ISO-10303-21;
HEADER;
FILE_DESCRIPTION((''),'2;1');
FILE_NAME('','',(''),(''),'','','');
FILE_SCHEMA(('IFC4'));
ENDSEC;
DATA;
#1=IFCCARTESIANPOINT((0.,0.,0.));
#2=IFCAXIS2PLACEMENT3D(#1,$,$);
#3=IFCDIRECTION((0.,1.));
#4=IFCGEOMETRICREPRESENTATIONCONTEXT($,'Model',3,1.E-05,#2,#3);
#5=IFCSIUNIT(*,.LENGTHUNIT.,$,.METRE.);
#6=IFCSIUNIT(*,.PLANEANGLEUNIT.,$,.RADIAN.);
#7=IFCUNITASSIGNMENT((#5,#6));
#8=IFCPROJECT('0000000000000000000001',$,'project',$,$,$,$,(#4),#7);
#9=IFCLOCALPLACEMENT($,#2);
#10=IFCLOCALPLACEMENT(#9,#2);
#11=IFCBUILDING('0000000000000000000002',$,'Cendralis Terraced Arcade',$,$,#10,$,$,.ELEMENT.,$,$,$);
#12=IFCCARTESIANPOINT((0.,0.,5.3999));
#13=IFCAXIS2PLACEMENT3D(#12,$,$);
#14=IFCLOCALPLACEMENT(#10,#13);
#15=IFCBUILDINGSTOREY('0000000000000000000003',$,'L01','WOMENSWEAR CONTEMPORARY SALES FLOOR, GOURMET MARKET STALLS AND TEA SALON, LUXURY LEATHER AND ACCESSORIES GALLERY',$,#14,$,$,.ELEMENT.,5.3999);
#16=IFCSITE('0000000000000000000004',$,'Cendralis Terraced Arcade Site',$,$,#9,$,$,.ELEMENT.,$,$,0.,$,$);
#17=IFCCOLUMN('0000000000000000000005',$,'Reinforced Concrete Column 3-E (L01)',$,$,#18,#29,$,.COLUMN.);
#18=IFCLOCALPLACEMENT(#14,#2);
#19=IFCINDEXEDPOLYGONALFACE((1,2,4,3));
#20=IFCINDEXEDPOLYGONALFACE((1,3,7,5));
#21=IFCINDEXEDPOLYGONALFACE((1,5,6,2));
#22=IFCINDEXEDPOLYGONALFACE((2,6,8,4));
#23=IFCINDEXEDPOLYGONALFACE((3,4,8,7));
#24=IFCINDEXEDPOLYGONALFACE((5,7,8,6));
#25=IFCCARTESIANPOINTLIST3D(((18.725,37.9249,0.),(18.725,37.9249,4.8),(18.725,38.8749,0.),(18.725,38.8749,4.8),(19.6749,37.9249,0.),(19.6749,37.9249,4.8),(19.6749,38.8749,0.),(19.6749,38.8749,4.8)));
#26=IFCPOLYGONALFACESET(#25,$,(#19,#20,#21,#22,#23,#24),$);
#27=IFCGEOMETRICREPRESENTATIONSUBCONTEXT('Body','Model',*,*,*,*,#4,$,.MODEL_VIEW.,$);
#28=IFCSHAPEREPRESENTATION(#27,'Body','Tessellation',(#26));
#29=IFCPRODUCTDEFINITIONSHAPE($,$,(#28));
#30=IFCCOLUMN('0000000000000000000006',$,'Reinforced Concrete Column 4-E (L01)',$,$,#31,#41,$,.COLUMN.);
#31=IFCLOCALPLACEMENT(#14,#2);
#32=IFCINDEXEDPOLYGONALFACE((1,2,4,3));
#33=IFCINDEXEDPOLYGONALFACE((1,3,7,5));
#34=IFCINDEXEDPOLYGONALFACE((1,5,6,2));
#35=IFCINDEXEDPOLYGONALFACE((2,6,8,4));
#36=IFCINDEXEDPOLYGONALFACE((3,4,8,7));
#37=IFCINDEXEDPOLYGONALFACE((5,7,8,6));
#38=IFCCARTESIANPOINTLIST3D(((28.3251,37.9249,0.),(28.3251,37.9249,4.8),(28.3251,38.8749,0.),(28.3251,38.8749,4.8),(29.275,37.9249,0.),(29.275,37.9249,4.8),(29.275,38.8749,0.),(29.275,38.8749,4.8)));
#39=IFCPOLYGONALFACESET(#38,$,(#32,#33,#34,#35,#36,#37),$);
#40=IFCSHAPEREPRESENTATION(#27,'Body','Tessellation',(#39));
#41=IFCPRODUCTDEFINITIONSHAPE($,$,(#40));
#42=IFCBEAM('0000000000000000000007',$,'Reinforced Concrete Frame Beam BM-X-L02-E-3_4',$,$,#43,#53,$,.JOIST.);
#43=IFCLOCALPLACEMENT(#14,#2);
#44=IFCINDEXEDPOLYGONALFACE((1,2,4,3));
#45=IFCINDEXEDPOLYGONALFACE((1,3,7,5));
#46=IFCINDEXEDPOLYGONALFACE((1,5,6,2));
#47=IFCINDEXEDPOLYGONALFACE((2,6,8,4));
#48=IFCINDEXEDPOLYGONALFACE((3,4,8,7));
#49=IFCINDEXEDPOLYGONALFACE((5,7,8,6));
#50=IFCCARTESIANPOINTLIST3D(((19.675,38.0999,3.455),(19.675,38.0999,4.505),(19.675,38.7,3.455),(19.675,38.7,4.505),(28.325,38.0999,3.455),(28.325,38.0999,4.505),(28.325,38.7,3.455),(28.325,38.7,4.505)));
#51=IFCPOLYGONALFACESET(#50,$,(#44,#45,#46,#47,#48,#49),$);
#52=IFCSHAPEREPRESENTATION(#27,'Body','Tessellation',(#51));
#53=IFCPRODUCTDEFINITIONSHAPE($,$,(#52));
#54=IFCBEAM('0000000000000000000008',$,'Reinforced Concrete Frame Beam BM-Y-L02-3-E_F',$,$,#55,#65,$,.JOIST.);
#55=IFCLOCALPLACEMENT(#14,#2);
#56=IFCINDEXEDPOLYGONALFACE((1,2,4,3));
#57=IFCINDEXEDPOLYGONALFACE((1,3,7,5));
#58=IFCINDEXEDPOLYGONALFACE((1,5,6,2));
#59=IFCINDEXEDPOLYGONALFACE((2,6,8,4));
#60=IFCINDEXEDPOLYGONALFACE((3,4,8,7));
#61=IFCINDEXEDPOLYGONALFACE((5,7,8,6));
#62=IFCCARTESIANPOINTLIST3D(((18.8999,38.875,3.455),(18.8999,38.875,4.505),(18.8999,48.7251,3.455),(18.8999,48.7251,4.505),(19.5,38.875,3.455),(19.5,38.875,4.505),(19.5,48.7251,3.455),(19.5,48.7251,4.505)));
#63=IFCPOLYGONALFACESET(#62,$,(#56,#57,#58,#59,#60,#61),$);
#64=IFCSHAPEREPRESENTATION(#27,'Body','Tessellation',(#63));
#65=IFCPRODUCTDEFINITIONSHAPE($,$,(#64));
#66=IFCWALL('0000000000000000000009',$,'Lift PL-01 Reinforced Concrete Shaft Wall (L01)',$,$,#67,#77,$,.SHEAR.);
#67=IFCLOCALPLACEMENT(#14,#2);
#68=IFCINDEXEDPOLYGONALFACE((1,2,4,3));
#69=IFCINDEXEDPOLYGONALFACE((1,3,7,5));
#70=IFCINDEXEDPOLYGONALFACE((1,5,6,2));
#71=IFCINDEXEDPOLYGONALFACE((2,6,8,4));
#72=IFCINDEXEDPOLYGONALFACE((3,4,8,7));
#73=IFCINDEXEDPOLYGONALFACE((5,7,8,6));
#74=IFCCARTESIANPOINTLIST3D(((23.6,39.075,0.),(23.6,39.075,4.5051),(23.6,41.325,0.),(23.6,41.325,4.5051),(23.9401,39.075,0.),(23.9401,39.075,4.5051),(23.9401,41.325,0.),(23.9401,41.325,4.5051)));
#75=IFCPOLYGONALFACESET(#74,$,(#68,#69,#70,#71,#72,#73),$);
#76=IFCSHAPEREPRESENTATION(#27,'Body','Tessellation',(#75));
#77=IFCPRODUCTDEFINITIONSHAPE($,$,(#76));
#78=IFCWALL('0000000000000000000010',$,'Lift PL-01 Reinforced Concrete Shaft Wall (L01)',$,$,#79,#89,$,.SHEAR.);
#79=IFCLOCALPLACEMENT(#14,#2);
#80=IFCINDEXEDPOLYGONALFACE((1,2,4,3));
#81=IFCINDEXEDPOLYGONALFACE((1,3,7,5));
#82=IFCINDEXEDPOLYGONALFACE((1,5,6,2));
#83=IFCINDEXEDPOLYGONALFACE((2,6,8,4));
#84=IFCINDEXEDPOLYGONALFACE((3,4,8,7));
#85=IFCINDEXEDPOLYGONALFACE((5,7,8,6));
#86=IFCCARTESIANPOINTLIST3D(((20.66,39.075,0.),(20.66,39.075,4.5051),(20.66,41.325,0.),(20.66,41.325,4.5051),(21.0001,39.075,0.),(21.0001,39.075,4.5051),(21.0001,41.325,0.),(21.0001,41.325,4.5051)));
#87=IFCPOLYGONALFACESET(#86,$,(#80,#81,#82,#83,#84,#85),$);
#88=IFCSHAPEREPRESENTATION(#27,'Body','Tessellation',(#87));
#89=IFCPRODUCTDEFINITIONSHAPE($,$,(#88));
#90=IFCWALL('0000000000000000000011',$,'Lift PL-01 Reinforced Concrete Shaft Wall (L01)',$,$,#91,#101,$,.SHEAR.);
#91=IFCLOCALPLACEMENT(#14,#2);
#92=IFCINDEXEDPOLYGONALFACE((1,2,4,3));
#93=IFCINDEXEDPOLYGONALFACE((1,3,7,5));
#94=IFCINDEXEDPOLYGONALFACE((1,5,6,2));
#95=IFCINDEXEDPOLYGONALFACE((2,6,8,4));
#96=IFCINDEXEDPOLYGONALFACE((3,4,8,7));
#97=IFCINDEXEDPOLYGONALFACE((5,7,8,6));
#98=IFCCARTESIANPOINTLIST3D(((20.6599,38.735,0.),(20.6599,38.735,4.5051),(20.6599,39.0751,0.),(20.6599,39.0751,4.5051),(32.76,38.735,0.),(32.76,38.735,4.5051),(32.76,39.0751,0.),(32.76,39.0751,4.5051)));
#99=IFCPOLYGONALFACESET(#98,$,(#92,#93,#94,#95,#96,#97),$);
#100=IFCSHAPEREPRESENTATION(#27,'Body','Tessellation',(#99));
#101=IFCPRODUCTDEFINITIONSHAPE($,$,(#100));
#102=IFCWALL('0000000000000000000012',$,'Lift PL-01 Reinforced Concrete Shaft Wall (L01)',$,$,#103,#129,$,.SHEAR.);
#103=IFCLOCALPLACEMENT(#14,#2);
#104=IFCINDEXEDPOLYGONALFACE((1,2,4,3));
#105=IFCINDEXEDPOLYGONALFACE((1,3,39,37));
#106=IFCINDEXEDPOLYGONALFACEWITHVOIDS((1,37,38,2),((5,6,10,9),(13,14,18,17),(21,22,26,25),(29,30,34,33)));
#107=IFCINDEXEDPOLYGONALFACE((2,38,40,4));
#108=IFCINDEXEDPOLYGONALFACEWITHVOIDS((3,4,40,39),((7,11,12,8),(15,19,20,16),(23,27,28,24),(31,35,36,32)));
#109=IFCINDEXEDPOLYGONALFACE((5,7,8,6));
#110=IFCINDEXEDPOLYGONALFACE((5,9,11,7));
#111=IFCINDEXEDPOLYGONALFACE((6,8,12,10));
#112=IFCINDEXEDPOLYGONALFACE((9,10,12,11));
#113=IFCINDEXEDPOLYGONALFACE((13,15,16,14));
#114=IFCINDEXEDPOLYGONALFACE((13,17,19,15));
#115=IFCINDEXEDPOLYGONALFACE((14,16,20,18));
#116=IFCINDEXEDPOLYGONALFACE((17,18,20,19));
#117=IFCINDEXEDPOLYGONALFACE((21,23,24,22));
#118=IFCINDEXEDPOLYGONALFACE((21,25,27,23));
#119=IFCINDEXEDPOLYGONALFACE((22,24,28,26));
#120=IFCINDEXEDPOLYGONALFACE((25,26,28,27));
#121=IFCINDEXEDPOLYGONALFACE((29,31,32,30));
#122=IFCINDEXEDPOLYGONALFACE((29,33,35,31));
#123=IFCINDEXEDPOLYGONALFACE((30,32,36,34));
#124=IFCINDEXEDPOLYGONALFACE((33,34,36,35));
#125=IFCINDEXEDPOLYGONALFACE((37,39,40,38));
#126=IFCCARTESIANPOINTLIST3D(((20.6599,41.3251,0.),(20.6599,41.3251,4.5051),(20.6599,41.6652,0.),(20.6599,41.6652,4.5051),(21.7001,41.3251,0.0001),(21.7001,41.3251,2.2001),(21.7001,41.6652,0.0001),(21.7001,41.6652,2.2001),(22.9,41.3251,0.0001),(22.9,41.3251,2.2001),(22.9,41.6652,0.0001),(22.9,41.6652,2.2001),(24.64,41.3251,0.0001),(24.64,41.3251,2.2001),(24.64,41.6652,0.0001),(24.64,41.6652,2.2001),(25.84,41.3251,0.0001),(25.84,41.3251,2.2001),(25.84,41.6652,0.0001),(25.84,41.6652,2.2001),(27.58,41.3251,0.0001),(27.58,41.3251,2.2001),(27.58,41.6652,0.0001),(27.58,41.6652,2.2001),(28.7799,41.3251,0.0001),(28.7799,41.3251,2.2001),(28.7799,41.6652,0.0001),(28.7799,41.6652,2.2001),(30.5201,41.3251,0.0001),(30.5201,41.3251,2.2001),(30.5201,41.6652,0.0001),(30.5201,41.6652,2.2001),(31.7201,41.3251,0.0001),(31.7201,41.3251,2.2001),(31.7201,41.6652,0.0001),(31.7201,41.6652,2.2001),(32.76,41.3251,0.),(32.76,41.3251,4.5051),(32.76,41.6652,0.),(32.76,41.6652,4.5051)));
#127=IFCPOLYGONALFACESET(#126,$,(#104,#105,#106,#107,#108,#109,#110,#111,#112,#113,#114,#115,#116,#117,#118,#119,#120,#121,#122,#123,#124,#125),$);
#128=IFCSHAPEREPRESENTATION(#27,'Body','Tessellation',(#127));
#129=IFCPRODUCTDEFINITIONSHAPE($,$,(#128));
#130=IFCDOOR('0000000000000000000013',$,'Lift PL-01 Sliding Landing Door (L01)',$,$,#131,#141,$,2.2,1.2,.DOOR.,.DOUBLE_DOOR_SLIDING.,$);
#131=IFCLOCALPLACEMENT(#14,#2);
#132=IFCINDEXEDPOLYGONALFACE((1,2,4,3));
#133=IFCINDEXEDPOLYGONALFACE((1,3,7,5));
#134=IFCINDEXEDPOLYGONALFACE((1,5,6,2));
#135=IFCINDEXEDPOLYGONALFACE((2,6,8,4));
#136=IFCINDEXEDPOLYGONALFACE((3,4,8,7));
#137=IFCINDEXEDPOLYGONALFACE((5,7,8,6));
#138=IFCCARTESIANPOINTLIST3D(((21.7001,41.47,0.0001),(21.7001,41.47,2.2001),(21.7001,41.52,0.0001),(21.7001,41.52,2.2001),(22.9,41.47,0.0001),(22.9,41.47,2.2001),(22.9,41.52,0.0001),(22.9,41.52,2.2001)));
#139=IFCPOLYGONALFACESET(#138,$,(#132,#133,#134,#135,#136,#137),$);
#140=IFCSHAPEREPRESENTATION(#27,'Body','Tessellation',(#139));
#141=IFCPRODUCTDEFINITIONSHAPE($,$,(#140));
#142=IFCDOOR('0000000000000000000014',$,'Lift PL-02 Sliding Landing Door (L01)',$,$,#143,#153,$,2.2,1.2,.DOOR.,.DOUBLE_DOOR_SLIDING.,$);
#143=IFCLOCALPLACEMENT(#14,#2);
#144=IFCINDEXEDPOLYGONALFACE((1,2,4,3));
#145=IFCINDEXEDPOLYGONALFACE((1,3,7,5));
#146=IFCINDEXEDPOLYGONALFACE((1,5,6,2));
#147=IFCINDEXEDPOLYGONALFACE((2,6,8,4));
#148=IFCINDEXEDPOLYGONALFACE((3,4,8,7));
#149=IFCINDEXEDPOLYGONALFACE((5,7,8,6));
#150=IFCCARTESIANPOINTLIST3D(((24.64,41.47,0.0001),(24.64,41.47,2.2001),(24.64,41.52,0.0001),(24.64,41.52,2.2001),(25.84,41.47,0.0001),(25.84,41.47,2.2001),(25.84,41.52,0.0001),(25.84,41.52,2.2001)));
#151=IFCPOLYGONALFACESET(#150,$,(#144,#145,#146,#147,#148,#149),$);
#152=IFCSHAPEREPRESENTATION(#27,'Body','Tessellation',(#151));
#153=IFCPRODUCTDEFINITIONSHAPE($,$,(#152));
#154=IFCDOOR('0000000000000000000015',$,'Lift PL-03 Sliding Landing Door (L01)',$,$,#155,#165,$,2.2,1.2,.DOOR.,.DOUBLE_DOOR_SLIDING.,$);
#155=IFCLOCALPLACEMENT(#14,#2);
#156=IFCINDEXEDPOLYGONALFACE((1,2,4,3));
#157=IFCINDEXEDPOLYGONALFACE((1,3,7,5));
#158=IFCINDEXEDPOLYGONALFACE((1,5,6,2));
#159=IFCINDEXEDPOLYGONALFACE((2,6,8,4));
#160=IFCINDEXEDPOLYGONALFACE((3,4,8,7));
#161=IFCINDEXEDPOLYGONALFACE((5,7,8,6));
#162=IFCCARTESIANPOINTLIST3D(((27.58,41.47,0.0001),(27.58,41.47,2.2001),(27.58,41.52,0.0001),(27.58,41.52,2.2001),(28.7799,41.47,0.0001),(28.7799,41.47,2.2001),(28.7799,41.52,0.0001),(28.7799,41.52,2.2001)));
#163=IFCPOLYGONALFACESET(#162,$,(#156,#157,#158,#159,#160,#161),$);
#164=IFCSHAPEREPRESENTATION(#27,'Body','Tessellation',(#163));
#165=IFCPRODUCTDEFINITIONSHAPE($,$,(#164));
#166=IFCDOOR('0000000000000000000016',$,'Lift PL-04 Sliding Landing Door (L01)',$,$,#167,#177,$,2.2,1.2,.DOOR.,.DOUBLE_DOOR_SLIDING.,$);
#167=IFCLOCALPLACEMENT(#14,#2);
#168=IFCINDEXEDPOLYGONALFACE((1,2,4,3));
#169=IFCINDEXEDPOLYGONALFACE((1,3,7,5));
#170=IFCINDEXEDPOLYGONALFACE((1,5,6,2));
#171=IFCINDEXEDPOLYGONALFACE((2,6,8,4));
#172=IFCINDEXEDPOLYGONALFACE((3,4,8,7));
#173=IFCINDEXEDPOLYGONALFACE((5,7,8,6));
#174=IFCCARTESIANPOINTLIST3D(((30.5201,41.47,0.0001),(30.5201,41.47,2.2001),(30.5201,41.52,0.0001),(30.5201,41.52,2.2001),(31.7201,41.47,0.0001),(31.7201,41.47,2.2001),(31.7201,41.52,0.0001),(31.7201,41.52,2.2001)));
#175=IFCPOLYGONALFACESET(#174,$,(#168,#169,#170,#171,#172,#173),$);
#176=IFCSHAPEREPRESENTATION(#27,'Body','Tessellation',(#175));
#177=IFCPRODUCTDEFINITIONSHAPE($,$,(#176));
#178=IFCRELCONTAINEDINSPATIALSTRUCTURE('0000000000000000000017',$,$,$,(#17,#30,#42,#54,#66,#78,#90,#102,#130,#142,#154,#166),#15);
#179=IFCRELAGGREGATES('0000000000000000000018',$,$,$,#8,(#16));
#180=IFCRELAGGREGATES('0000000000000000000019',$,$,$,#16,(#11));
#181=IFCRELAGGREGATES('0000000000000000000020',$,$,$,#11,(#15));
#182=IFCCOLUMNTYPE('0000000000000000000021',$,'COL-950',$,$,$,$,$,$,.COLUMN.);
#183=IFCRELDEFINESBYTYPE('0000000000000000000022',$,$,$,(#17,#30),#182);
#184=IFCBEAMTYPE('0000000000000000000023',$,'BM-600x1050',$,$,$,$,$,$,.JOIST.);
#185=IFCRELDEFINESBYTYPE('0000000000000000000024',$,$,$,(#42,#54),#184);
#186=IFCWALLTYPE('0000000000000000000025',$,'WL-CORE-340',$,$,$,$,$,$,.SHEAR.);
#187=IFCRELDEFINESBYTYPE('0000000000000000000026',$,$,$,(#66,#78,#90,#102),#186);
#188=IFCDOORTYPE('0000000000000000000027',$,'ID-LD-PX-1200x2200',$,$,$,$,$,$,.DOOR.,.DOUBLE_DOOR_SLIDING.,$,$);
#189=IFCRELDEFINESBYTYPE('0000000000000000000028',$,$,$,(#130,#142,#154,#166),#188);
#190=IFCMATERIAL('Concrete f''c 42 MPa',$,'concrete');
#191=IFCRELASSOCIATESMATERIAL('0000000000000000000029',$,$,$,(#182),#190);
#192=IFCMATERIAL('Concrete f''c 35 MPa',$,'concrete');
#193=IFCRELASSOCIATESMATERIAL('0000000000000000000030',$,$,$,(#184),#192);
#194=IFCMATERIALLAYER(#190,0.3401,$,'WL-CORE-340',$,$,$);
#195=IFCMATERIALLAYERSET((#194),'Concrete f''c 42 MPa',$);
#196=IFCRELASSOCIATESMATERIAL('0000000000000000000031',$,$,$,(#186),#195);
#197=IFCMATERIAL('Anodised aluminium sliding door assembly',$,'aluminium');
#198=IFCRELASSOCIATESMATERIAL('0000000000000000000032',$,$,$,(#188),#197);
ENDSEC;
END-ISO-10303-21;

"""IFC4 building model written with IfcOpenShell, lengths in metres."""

from ifc_helpers import new_model, si_unit, direction, frame, frame_2d, origin, origin_2d, place, context, subcontext, project, spatial, rectangle, extrude, material, layer, layer_set, material_profile, profile_set, type_object, element, fill, save


model = new_model("IFC4")

# Units and contexts
model_context = context("Model", 3, precision=1e-05, world=origin(), true_north=direction((0.0, 1.0)))
body_context = subcontext(model_context, "Body", "Model", "MODEL_VIEW")
ifc_project = project(units=[si_unit("LENGTHUNIT", "METRE"), si_unit("PLANEANGLEUNIT", "RADIAN")], contexts=[model_context])

# Site, building, storey
site_placement = place(None, origin())
site = spatial("IfcSite", under=ifc_project, at=site_placement, Name="Cendralis Terraced Arcade Site", CompositionType="ELEMENT", RefElevation=0.0)
building_placement = place(site_placement, origin())
building = spatial("IfcBuilding", under=site, at=building_placement, Name="Cendralis Terraced Arcade", CompositionType="ELEMENT")
storey_placement = place(building_placement, frame((0.0, 0.0, 5.3999)))
storey = spatial("IfcBuildingStorey", under=building, at=storey_placement, Name="L01", Description="WOMENSWEAR CONTEMPORARY SALES FLOOR, GOURMET MARKET STALLS AND TEA SALON, LUXURY LEATHER AND ACCESSORIES GALLERY", CompositionType="ELEMENT", Elevation=5.3999)

# Columns
ifc_material_1 = material(Name="Concrete f'c 42 MPa", Category="concrete")
ifc_material_profile_1 = material_profile(ifc_material_1, rectangle(XDim=0.95, YDim=0.95, at=origin_2d()), Name="RC-COL-950x950", Category="LoadBearing")
ifc_profile_set_1 = profile_set([ifc_material_profile_1], Name="Concrete f'c 42 MPa")
column_type = type_object("IfcColumnType", Name="COL-950", PredefinedType="COLUMN", material=ifc_profile_set_1)
for number, where, z_axis, x_axis, name in (
    (1, (19.2, 38.3999, 0.0), (0.0, 0.0, 1.0), (1.0, 0.0, 0.0), "Reinforced Concrete Column 3-E (L01)"),
    (2, (28.8, 38.3999, 0.0), (0.0, 0.0, 1.0), (1.0, 0.0, 0.0), "Reinforced Concrete Column 4-E (L01)"),
):
    element("IfcColumn", number, at=place(storey_placement, frame(where, z_axis=z_axis, x_axis=x_axis)), inside=storey, type_object=column_type, Name=name, PredefinedType="COLUMN", context=body_context, shape_type="SweptSolid", body=[
        extrude(rectangle(XDim=0.95, YDim=0.95, at=origin_2d()), origin(), (0.0, 0.0, 1.0), 4.8),
    ])

# Beams
ifc_material_2 = material(Name="Concrete f'c 35 MPa", Category="concrete")
ifc_material_profile_2 = material_profile(ifc_material_2, rectangle(XDim=0.6001, YDim=1.05, at=origin_2d()), Name="RC-BM-600x1050", Category="LoadBearing")
ifc_profile_set_2 = profile_set([ifc_material_profile_2], Name="Concrete f'c 35 MPa")
beam_type = type_object("IfcBeamType", Name="BM-600x1050", PredefinedType="JOIST", material=ifc_profile_set_2)
beam_1_placement = place(storey_placement, frame((19.675, 38.3999, 3.98), z_axis=(1.0, 0.0, 0.0), x_axis=(0.0, 1.0, 0.0)))
element("IfcBeam", 3, at=beam_1_placement, inside=storey, type_object=beam_type, Name="Reinforced Concrete Frame Beam BM-X-L02-E-3_4", PredefinedType="JOIST", context=body_context, shape_type="SweptSolid", body=[
    extrude(rectangle(XDim=0.6001, YDim=1.05, at=origin_2d()), origin(), (0.0, 0.0, 1.0), 8.6499),
])
beam_2_placement = place(storey_placement, frame((19.2, 38.875, 3.98), z_axis=(0.0, 1.0, 0.0), x_axis=(-1.0, 0.0, 0.0)))
element("IfcBeam", 4, at=beam_2_placement, inside=storey, type_object=beam_type, Name="Reinforced Concrete Frame Beam BM-Y-L02-3-E_F", PredefinedType="JOIST", context=body_context, shape_type="SweptSolid", body=[
    extrude(rectangle(XDim=0.6001, YDim=1.05, at=origin_2d()), origin(), (0.0, 0.0, 1.0), 9.8501),
])

# Walls
ifc_layer_1 = layer(ifc_material_1, 0.3401, Name="WL-CORE-340")
ifc_layer_set_1 = layer_set([ifc_layer_1], Name="Concrete f'c 42 MPa")
wall_type_1 = type_object("IfcWallType", Name="WL-CORE-340", PredefinedType="SHEAR", material=ifc_layer_set_1)
for number, where, z_axis, x_axis, name in (
    (5, (23.77, 39.075, 0.0), (0.0, 0.0, 1.0), (0.0, 1.0, 0.0), "Lift PL-01 Reinforced Concrete Shaft Wall (L01)"),
    (6, (20.8301, 39.075, 0.0), (0.0, 0.0, 1.0), (0.0, 1.0, 0.0), "Lift PL-01 Reinforced Concrete Shaft Wall (L01)"),
):
    element("IfcWall", number, at=place(storey_placement, frame(where, z_axis=z_axis, x_axis=x_axis)), inside=storey, type_object=wall_type_1, Name=name, PredefinedType="SHEAR", context=body_context, shape_type="SweptSolid", body=[
        extrude(rectangle(XDim=2.25, YDim=0.3401, at=frame_2d((1.125, 0.0))), origin(), (0.0, 0.0, 1.0), 4.5051),
    ])
wall_1_placement = place(storey_placement, frame((20.6599, 38.905, 0.0), z_axis=(0.0, 0.0, 1.0), x_axis=(1.0, 0.0, 0.0)))
element("IfcWall", 7, at=wall_1_placement, inside=storey, type_object=wall_type_1, Name="Lift PL-01 Reinforced Concrete Shaft Wall (L01)", PredefinedType="SHEAR", context=body_context, shape_type="SweptSolid", body=[
    extrude(rectangle(XDim=12.1001, YDim=0.3401, at=frame_2d((6.05, 0.0))), origin(), (0.0, 0.0, 1.0), 4.5051),
])

# Wall, openings, doors
wall_2_placement = place(storey_placement, frame((20.6599, 41.4951, 0.0), z_axis=(0.0, 0.0, 1.0), x_axis=(1.0, 0.0, 0.0)))
wall_2 = element("IfcWall", 8, at=wall_2_placement, inside=storey, type_object=wall_type_1, Name="Lift PL-01 Reinforced Concrete Shaft Wall (L01)", PredefinedType="SHEAR", context=body_context, shape_type="SweptSolid", body=[
    extrude(rectangle(XDim=12.1001, YDim=0.3401, at=frame_2d((6.05, 0.0))), origin(), (0.0, 0.0, 1.0), 4.5051),
])
opening_1_placement = place(wall_2_placement, frame((1.04, 0.0, 0.0)))
opening_1 = element("IfcOpeningElement", 9, at=opening_1_placement, cuts=wall_2, PredefinedType="OPENING", context=body_context, shape_type="SweptSolid", body=[
    extrude(rectangle(XDim=1.2, YDim=2.2, at=frame_2d((0.6001, 1.1001))), frame((0.0, 0.1821, 0.0), z_axis=(0.0, -1.0, 0.0), x_axis=(1.0, 0.0, 0.0)), (0.0, 0.0, 1.0), 0.364),
])
opening_2_placement = place(wall_2_placement, frame((3.98, 0.0, 0.0)))
opening_2 = element("IfcOpeningElement", 10, at=opening_2_placement, cuts=wall_2, PredefinedType="OPENING", context=body_context, shape_type="SweptSolid", body=[
    extrude(rectangle(XDim=1.2, YDim=2.2, at=frame_2d((0.6001, 1.1001))), frame((0.0, 0.1821, 0.0), z_axis=(0.0, -1.0, 0.0), x_axis=(1.0, 0.0, 0.0)), (0.0, 0.0, 1.0), 0.364),
])
opening_3_placement = place(wall_2_placement, frame((6.9199, 0.0, 0.0)))
opening_3 = element("IfcOpeningElement", 11, at=opening_3_placement, cuts=wall_2, PredefinedType="OPENING", context=body_context, shape_type="SweptSolid", body=[
    extrude(rectangle(XDim=1.2, YDim=2.2, at=frame_2d((0.6001, 1.1001))), frame((0.0, 0.1821, 0.0), z_axis=(0.0, -1.0, 0.0), x_axis=(1.0, 0.0, 0.0)), (0.0, 0.0, 1.0), 0.364),
])
opening_4_placement = place(wall_2_placement, frame((9.8601, 0.0, 0.0)))
opening_4 = element("IfcOpeningElement", 12, at=opening_4_placement, cuts=wall_2, PredefinedType="OPENING", context=body_context, shape_type="SweptSolid", body=[
    extrude(rectangle(XDim=1.2, YDim=2.2, at=frame_2d((0.6001, 1.1001))), frame((0.0, 0.1821, 0.0), z_axis=(0.0, -1.0, 0.0), x_axis=(1.0, 0.0, 0.0)), (0.0, 0.0, 1.0), 0.364),
])
ifc_material_3 = material(Name="Anodised aluminium sliding door assembly", Category="aluminium")
door_type_1 = type_object("IfcDoorType", Name="ID-LD-PX-1200x2200", OperationType="DOUBLE_DOOR_SLIDING", PredefinedType="DOOR", material=ifc_material_3)
door_1_placement = place(opening_1_placement, origin())
door_1 = element("IfcDoor", 13, at=door_1_placement, inside=storey, type_object=door_type_1, Name="Lift PL-01 Sliding Landing Door (L01)", OperationType="DOUBLE_DOOR_SLIDING", OverallHeight=2.2, OverallWidth=1.2, PredefinedType="DOOR", context=body_context, shape_type="SweptSolid", body=[
    extrude(rectangle(XDim=1.2, YDim=2.2, at=frame_2d((0.6001, 1.1001))), frame((0.0, 0.0249, 0.0), z_axis=(0.0, -1.0, 0.0), x_axis=(1.0, 0.0, 0.0)), (0.0, 0.0, 1.0), 0.05),
])
fill(opening_1, door_1)
door_2_placement = place(opening_2_placement, origin())
door_2 = element("IfcDoor", 14, at=door_2_placement, inside=storey, type_object=door_type_1, Name="Lift PL-02 Sliding Landing Door (L01)", OperationType="DOUBLE_DOOR_SLIDING", OverallHeight=2.2, OverallWidth=1.2, PredefinedType="DOOR", context=body_context, shape_type="SweptSolid", body=[
    extrude(rectangle(XDim=1.2, YDim=2.2, at=frame_2d((0.6001, 1.1001))), frame((0.0, 0.0249, 0.0), z_axis=(0.0, -1.0, 0.0), x_axis=(1.0, 0.0, 0.0)), (0.0, 0.0, 1.0), 0.05),
])
fill(opening_2, door_2)
door_3_placement = place(opening_3_placement, origin())
door_3 = element("IfcDoor", 15, at=door_3_placement, inside=storey, type_object=door_type_1, Name="Lift PL-03 Sliding Landing Door (L01)", OperationType="DOUBLE_DOOR_SLIDING", OverallHeight=2.2, OverallWidth=1.2, PredefinedType="DOOR", context=body_context, shape_type="SweptSolid", body=[
    extrude(rectangle(XDim=1.2, YDim=2.2, at=frame_2d((0.6001, 1.1001))), frame((0.0, 0.0249, 0.0), z_axis=(0.0, -1.0, 0.0), x_axis=(1.0, 0.0, 0.0)), (0.0, 0.0, 1.0), 0.05),
])
fill(opening_3, door_3)
door_4_placement = place(opening_4_placement, origin())
door_4 = element("IfcDoor", 16, at=door_4_placement, inside=storey, type_object=door_type_1, Name="Lift PL-04 Sliding Landing Door (L01)", OperationType="DOUBLE_DOOR_SLIDING", OverallHeight=2.2, OverallWidth=1.2, PredefinedType="DOOR", context=body_context, shape_type="SweptSolid", body=[
    extrude(rectangle(XDim=1.2, YDim=2.2, at=frame_2d((0.6001, 1.1001))), frame((0.0, 0.0249, 0.0), z_axis=(0.0, -1.0, 0.0), x_axis=(1.0, 0.0, 0.0)), (0.0, 0.0, 1.0), 0.05),
])
fill(opening_4, door_4)

save(model, "model.ifc")
